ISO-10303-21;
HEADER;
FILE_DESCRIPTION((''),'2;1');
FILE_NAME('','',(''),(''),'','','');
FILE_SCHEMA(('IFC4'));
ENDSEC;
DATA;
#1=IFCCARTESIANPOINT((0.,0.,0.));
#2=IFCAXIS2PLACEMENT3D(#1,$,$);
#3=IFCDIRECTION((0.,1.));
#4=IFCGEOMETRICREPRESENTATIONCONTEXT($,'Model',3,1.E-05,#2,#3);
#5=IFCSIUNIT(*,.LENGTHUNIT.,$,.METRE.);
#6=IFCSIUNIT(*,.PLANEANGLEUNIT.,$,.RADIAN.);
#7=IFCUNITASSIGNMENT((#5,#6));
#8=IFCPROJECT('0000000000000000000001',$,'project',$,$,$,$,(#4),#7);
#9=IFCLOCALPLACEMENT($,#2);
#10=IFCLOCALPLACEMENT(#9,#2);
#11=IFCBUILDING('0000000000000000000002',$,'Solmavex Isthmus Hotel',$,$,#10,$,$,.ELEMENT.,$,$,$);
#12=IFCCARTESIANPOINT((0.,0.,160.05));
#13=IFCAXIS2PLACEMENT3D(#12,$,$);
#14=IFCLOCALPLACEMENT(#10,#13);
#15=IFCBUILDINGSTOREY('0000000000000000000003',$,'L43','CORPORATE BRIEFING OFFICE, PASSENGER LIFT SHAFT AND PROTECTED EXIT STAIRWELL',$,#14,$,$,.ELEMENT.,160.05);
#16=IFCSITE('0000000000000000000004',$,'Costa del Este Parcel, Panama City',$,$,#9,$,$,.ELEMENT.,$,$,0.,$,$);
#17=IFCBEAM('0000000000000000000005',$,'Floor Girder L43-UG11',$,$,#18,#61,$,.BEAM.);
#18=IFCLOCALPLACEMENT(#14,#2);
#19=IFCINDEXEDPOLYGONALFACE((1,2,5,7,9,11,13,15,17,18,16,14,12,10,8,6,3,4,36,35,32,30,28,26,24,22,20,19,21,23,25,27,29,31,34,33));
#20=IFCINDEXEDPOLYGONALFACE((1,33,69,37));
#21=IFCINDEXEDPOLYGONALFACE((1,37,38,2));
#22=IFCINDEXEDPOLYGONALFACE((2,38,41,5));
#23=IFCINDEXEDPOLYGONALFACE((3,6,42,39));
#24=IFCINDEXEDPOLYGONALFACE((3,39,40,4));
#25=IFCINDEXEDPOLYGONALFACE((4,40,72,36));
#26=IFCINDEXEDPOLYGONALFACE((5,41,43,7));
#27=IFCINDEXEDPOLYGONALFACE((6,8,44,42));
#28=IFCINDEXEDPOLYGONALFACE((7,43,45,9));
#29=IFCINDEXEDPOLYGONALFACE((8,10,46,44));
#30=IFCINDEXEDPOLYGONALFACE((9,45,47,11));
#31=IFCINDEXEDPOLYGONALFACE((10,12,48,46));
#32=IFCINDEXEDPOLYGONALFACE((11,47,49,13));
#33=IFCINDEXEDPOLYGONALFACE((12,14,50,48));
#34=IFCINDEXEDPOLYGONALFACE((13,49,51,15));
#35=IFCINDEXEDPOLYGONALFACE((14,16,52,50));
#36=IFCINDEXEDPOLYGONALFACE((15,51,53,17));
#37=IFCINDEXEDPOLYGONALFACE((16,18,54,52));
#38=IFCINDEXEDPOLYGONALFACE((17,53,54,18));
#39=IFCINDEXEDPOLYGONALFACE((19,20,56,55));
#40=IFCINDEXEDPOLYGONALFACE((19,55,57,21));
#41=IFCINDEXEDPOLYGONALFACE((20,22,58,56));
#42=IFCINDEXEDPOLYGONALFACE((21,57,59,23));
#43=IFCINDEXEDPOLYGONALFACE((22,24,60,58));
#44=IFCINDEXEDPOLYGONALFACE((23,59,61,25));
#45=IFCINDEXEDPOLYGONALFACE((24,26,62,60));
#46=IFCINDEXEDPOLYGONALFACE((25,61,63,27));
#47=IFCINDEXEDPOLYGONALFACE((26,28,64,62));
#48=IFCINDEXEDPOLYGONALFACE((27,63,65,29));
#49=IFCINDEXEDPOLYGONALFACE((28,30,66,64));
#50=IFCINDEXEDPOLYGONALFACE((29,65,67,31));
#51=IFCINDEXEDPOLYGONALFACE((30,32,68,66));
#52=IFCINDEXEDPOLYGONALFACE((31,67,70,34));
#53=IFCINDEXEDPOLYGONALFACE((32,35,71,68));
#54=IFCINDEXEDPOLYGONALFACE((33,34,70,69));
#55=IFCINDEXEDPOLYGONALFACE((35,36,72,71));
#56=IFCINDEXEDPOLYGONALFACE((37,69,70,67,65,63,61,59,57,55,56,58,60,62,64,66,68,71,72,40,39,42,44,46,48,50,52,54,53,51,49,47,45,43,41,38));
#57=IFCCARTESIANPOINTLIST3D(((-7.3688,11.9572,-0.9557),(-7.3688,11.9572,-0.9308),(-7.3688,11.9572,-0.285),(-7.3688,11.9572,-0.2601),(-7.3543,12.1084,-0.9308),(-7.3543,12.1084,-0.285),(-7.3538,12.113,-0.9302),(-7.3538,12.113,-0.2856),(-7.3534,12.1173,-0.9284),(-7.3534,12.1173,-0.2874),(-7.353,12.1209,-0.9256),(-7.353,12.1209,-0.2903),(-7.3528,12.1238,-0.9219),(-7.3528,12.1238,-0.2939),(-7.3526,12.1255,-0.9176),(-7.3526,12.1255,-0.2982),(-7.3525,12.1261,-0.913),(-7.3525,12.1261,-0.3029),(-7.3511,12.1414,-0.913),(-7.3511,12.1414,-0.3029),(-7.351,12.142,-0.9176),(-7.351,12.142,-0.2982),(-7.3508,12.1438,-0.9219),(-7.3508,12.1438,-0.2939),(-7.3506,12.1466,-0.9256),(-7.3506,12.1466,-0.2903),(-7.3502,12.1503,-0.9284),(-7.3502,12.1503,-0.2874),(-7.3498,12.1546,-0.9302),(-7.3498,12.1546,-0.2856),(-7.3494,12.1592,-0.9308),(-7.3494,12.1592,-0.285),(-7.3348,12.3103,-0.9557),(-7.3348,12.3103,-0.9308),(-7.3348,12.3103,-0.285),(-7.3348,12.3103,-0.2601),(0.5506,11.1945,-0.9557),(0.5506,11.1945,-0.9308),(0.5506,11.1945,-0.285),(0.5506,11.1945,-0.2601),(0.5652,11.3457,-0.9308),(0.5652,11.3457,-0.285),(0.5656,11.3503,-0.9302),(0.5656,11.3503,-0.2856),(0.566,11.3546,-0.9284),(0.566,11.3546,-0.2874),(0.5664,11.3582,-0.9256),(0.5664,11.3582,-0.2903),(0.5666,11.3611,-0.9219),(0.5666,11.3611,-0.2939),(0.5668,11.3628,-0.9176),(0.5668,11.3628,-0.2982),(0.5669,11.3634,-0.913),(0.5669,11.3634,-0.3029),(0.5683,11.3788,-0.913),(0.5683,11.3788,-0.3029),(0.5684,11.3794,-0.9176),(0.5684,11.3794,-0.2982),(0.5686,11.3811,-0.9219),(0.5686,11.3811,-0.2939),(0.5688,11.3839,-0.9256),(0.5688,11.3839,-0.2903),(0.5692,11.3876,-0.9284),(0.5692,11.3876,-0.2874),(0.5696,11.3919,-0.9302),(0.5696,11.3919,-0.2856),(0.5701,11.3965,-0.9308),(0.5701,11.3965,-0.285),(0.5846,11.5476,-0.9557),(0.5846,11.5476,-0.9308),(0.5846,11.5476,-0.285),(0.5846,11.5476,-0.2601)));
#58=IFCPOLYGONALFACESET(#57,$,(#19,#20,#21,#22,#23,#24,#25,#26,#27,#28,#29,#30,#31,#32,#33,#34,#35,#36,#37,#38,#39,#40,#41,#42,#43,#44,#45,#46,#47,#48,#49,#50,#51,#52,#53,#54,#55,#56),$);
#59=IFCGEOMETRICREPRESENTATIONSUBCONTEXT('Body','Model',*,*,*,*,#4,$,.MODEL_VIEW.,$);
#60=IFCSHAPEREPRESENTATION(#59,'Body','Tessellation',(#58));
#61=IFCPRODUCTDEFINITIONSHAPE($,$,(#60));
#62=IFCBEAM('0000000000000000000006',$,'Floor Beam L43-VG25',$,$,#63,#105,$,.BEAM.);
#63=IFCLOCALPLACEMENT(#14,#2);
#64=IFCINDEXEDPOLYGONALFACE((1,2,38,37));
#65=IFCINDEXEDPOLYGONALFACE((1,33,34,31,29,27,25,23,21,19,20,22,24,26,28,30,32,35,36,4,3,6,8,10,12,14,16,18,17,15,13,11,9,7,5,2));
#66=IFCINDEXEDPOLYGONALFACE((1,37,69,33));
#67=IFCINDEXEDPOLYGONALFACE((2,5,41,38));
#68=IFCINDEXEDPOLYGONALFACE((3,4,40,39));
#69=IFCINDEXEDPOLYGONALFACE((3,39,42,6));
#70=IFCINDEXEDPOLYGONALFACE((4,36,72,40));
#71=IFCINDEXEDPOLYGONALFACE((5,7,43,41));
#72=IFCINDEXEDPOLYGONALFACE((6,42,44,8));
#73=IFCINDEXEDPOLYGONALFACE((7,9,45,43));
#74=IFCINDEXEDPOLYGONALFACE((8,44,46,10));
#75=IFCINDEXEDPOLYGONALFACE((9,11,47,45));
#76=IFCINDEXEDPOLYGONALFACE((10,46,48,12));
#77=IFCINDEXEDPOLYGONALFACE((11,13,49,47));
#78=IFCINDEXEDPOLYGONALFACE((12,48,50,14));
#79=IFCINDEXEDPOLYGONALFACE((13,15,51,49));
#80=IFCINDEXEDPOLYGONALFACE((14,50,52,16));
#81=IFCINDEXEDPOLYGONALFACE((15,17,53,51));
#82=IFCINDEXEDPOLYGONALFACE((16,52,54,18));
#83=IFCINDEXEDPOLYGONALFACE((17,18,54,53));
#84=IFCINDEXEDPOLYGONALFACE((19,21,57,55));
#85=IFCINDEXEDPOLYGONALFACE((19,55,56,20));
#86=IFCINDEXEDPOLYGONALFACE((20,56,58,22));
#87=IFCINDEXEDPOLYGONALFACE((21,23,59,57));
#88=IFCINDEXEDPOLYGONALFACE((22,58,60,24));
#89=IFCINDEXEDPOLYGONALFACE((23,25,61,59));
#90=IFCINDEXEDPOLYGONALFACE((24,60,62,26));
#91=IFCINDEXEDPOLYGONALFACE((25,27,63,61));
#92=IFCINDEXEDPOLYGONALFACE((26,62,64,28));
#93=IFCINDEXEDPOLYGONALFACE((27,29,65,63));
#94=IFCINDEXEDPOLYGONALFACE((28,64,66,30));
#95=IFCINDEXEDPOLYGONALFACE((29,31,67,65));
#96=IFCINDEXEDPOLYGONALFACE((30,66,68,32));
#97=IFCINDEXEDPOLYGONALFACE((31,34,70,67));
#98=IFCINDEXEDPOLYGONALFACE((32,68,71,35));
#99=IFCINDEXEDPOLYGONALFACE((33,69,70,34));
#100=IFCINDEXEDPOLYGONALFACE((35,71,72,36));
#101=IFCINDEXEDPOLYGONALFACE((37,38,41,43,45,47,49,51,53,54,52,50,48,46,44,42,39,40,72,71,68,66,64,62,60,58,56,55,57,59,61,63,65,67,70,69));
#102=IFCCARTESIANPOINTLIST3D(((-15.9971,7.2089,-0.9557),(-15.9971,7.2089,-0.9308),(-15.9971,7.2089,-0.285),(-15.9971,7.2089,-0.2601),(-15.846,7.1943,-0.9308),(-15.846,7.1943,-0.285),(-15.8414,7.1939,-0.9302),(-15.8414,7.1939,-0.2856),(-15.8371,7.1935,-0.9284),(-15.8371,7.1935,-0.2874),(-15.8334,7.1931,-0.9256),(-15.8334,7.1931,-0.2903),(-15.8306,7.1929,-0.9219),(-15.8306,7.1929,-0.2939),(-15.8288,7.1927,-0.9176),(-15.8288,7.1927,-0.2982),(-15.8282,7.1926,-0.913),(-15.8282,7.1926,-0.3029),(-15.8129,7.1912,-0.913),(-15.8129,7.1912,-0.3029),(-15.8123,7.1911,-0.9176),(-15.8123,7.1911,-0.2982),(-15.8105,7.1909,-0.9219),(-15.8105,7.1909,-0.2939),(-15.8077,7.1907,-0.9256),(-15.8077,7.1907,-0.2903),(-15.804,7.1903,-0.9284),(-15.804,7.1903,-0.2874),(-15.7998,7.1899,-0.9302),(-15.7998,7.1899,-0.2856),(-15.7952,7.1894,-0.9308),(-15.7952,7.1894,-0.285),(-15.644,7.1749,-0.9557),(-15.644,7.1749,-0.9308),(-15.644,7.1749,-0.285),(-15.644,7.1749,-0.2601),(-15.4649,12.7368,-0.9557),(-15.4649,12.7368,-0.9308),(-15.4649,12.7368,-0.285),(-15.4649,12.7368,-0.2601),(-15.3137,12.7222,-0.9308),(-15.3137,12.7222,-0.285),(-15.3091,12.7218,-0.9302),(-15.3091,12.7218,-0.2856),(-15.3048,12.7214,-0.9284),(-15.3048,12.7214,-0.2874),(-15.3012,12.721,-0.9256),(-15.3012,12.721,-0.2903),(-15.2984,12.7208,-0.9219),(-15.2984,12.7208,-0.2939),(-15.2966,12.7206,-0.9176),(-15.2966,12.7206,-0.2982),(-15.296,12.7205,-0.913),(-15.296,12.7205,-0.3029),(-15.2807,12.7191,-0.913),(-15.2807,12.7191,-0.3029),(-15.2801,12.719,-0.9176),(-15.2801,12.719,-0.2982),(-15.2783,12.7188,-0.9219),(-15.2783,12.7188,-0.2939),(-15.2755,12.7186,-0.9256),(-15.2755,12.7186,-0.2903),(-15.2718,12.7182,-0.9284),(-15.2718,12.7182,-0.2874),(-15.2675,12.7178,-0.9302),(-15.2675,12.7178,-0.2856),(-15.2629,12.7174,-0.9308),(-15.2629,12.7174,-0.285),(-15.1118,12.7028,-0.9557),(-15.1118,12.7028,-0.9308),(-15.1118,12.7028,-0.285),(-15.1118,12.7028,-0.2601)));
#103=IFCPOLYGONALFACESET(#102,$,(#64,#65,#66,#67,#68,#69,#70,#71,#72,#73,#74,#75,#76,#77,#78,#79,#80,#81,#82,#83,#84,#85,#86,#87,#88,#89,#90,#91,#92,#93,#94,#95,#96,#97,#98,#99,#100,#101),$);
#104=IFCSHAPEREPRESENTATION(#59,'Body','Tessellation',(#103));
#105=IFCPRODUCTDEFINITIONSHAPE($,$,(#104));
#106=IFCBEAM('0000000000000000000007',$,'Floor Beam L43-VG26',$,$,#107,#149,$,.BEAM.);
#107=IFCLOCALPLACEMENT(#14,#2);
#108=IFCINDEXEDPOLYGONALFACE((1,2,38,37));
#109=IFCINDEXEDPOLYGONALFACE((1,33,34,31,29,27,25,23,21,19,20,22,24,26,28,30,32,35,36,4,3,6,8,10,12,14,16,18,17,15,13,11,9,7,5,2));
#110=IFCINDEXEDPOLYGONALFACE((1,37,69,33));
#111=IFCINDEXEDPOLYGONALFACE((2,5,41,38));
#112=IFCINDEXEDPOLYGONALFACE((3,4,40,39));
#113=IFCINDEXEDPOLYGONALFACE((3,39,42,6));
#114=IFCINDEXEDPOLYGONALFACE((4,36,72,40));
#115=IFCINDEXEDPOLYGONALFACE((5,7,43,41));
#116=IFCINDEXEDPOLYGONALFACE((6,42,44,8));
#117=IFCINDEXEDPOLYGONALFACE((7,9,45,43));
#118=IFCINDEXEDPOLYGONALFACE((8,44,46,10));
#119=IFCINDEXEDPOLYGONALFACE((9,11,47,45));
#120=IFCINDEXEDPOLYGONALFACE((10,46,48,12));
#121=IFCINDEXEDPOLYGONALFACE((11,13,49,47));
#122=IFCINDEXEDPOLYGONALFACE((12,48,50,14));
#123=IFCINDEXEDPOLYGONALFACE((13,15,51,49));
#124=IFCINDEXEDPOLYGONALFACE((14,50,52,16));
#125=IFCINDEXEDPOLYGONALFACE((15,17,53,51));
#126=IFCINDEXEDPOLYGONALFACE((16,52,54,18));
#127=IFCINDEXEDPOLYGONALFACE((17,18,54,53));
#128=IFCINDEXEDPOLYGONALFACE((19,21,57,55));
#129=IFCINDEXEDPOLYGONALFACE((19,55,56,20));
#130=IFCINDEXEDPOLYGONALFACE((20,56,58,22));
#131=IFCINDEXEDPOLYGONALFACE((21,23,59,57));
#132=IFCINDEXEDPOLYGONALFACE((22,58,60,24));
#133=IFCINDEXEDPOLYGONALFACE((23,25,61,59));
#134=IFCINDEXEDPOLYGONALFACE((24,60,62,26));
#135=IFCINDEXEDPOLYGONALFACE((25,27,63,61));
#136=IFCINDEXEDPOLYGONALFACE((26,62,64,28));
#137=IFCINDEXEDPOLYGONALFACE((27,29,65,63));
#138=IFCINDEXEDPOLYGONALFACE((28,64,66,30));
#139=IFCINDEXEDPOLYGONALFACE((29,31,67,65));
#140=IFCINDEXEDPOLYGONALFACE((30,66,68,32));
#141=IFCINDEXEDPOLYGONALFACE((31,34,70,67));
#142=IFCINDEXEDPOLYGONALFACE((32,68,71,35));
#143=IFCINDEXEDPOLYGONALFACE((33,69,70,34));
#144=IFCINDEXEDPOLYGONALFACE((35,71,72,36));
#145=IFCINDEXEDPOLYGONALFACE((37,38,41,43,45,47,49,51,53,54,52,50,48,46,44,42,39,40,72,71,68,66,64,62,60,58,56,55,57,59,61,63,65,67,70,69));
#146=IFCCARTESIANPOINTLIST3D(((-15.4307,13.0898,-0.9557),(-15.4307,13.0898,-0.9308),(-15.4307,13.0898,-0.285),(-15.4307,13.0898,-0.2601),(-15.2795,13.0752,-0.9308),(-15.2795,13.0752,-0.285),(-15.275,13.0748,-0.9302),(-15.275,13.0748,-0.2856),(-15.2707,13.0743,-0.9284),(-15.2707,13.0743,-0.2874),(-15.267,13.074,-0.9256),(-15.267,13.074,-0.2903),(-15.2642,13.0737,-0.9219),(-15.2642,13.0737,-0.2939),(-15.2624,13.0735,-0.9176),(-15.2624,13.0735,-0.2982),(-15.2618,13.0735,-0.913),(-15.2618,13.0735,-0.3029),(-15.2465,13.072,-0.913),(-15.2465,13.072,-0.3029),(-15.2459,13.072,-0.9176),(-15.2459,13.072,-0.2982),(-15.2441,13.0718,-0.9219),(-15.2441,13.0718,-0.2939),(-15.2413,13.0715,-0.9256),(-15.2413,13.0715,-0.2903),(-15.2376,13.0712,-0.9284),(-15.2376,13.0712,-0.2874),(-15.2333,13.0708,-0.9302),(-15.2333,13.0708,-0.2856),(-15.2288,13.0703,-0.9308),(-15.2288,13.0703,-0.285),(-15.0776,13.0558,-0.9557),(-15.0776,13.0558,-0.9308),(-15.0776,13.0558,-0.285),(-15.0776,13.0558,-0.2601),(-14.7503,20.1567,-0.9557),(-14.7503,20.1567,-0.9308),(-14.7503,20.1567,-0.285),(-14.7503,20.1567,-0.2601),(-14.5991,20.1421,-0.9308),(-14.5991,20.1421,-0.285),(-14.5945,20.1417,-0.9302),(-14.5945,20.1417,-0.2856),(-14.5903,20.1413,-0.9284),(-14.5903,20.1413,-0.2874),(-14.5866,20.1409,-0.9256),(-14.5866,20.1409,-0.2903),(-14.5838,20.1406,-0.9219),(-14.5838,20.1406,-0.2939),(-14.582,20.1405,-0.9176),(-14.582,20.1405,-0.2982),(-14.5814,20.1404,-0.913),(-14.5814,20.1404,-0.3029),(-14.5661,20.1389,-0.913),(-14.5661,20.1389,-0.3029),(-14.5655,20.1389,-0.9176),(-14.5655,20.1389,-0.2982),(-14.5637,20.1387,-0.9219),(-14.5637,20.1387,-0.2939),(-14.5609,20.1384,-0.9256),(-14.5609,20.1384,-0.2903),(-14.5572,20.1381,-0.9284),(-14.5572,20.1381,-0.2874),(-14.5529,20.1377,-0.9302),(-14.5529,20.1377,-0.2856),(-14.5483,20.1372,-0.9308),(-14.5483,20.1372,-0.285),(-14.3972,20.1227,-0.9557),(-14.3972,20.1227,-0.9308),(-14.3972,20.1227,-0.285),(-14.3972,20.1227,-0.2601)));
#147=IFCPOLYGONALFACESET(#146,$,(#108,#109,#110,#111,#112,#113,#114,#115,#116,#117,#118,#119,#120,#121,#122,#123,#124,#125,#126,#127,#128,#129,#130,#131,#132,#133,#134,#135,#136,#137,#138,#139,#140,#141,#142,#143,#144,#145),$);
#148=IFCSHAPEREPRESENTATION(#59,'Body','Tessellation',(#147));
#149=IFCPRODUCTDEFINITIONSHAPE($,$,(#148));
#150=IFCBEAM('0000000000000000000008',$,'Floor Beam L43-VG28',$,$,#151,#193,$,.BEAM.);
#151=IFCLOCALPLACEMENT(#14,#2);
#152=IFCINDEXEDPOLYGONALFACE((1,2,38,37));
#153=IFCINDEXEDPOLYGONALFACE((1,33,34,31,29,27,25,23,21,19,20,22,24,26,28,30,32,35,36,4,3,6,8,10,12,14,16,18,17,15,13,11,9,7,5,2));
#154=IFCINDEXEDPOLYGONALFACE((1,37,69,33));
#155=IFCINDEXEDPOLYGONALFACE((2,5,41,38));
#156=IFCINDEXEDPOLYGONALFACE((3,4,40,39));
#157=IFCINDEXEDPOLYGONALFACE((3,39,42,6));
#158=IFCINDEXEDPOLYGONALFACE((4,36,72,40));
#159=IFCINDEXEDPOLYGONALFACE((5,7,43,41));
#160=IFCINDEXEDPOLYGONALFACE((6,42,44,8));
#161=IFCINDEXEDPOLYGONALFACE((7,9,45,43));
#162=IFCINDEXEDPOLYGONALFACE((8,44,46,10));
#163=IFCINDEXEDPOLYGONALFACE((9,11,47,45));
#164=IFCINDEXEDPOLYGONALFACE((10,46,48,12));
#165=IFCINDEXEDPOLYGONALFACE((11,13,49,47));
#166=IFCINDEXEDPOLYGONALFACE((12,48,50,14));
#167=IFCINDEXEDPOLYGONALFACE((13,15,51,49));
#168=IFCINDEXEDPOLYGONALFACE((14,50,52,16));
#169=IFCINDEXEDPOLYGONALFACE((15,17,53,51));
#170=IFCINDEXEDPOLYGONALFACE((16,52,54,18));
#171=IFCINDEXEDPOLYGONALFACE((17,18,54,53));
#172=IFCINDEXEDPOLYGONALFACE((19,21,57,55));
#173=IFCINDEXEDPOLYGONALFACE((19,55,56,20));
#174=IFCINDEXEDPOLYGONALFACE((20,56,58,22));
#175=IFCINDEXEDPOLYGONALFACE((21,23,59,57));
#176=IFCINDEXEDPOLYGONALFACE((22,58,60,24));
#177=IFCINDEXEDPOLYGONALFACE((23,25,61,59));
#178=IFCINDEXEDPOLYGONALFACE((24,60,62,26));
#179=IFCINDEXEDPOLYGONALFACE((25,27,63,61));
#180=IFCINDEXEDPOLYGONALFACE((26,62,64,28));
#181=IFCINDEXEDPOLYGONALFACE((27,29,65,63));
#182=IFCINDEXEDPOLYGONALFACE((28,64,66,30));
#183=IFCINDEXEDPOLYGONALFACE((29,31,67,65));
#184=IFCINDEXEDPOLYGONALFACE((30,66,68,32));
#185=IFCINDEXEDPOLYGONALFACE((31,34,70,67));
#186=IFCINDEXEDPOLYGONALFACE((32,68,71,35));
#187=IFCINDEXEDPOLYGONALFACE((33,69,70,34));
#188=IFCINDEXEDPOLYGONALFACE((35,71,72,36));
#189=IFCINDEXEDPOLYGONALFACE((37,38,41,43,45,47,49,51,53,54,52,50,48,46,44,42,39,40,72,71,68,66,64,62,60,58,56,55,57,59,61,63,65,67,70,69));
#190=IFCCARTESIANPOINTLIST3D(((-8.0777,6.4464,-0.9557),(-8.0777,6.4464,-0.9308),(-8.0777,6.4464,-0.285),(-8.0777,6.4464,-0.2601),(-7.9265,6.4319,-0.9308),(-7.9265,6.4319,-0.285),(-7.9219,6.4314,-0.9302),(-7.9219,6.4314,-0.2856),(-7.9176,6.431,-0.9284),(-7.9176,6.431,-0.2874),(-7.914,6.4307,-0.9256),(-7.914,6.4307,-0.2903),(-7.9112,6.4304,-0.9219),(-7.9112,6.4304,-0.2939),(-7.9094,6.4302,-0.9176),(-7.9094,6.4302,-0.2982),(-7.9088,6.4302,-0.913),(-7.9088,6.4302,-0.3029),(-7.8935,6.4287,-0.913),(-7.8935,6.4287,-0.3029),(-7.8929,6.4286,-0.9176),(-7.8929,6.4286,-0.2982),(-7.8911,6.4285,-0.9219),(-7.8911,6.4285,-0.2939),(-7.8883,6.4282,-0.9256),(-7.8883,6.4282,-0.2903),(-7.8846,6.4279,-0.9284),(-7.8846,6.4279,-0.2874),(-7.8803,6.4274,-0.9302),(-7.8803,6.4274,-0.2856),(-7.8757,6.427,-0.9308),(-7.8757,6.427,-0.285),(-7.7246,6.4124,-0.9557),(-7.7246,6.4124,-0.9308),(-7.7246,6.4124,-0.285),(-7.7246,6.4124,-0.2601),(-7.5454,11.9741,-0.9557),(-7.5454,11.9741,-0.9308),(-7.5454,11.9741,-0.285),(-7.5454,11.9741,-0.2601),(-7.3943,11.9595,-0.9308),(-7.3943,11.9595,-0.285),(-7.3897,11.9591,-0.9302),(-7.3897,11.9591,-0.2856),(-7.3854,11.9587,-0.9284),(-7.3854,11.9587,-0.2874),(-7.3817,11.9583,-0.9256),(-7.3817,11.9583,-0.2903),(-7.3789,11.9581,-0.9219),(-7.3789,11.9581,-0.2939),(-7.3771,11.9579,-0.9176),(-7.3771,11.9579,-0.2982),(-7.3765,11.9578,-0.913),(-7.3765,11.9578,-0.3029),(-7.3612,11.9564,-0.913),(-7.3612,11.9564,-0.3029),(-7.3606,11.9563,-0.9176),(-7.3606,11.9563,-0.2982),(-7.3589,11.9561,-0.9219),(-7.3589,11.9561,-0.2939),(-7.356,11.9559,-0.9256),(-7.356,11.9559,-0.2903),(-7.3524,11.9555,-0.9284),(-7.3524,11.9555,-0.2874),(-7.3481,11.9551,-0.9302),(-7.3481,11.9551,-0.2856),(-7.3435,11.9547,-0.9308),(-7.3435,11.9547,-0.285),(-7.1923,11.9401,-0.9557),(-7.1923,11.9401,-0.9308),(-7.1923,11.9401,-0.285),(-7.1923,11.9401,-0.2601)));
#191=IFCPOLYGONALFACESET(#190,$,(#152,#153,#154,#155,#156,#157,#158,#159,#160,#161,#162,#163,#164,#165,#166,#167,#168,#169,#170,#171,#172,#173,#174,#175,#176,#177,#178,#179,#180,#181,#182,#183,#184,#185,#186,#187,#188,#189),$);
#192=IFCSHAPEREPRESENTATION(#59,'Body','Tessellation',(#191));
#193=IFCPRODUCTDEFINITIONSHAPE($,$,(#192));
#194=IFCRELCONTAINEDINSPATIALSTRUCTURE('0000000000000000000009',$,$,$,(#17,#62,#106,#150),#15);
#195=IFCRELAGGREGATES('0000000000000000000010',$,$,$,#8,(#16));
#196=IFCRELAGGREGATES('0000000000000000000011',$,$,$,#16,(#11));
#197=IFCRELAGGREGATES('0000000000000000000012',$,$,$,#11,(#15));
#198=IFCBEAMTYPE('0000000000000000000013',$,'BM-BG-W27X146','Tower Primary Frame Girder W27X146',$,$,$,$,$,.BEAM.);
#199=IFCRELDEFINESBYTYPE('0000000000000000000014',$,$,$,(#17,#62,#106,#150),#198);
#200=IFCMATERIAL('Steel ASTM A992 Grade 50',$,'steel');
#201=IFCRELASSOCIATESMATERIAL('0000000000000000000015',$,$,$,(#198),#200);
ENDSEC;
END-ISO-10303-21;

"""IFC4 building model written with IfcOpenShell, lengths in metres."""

from ifc_helpers import new_model, si_unit, direction, frame, origin, origin_2d, place, context, subcontext, project, spatial, i_section, extrude, material, material_profile, profile_set, type_object, element, save


model = new_model("IFC4")

# Units and contexts
model_context = context("Model", 3, precision=1e-05, world=origin(), true_north=direction((0.0, 1.0)))
body_context = subcontext(model_context, "Body", "Model", "MODEL_VIEW")
ifc_project = project(units=[si_unit("LENGTHUNIT", "METRE"), si_unit("PLANEANGLEUNIT", "RADIAN")], contexts=[model_context])

# Site, building, storey
site_placement = place(None, origin())
site = spatial("IfcSite", under=ifc_project, at=site_placement, Name="Costa del Este Parcel, Panama City", CompositionType="ELEMENT", RefElevation=0.0)
building_placement = place(site_placement, origin())
building = spatial("IfcBuilding", under=site, at=building_placement, Name="Solmavex Isthmus Hotel", CompositionType="ELEMENT")
storey_placement = place(building_placement, frame((0.0, 0.0, 160.05)))
storey = spatial("IfcBuildingStorey", under=building, at=storey_placement, Name="L43", Description="CORPORATE BRIEFING OFFICE, PASSENGER LIFT SHAFT AND PROTECTED EXIT STAIRWELL", CompositionType="ELEMENT", Elevation=160.05)

# Beams
ifc_material_1 = material(Name="Steel ASTM A992 Grade 50", Category="steel")
ifc_material_profile_1 = material_profile(ifc_material_1, i_section(OverallWidth=0.3547, OverallDepth=0.6956, WebThickness=0.0154, FlangeThickness=0.0249, FilletRadius=0.0178, at=origin_2d()), Name="W27X146")
ifc_profile_set_1 = profile_set([ifc_material_profile_1], Name="Steel ASTM A992 Grade 50")
beam_type_1 = type_object("IfcBeamType", Name="BM-BG-W27X146", Description="Tower Primary Frame Girder W27X146", PredefinedType="BEAM", material=ifc_profile_set_1)
for number, where, z_axis, x_axis, name in (
    (1, (-7.3518, 12.1338, -0.6079), (0.995395, -0.095863, 0.0), (0.095863, 0.995395, 0.0), "Floor Girder L43-UG11"),
):
    element("IfcBeam", number, at=place(storey_placement, frame(where, z_axis=z_axis, x_axis=x_axis)), inside=storey, type_object=beam_type_1, Name=name, PredefinedType="BEAM", context=body_context, shape_type="SweptSolid", body=[
        extrude(i_section(OverallWidth=0.3547, OverallDepth=0.6956, WebThickness=0.0154, FlangeThickness=0.0249, FilletRadius=0.0178, at=origin_2d()), origin(), (0.0, 0.0, 1.0), 7.9561),
    ])
beam_1_placement = place(storey_placement, frame((-15.8206, 7.1919, -0.6079), z_axis=(0.095838, 0.995397, 0.0), x_axis=(-0.995397, 0.095838, 0.0)))
element("IfcBeam", 2, at=beam_1_placement, inside=storey, type_object=beam_type_1, Name="Floor Beam L43-VG25", PredefinedType="BEAM", context=body_context, shape_type="SweptSolid", body=[
    extrude(i_section(OverallWidth=0.3547, OverallDepth=0.6956, WebThickness=0.0154, FlangeThickness=0.0249, FilletRadius=0.0178, at=origin_2d()), origin(), (0.0, 0.0, 1.0), 5.5535),
])
beam_2_placement = place(storey_placement, frame((-15.2542, 13.0728, -0.6079), z_axis=(0.09584, 0.995397, 0.0), x_axis=(-0.995397, 0.09584, 0.0)))
element("IfcBeam", 3, at=beam_2_placement, inside=storey, type_object=beam_type_1, Name="Floor Beam L43-VG26", PredefinedType="BEAM", context=body_context, shape_type="SweptSolid", body=[
    extrude(i_section(OverallWidth=0.3547, OverallDepth=0.6956, WebThickness=0.0154, FlangeThickness=0.0249, FilletRadius=0.0178, at=origin_2d()), origin(), (0.0, 0.0, 1.0), 7.0996),
])
beam_3_placement = place(storey_placement, frame((-7.9011, 6.4294, -0.6079), z_axis=(0.095842, 0.995397, 0.0), x_axis=(-0.995397, 0.095842, 0.0)))
element("IfcBeam", 4, at=beam_3_placement, inside=storey, type_object=beam_type_1, Name="Floor Beam L43-VG28", PredefinedType="BEAM", context=body_context, shape_type="SweptSolid", body=[
    extrude(i_section(OverallWidth=0.3547, OverallDepth=0.6956, WebThickness=0.0154, FlangeThickness=0.0249, FilletRadius=0.0178, at=origin_2d()), origin(), (0.0, 0.0, 1.0), 5.5532),
])

save(model, "model.ifc")
